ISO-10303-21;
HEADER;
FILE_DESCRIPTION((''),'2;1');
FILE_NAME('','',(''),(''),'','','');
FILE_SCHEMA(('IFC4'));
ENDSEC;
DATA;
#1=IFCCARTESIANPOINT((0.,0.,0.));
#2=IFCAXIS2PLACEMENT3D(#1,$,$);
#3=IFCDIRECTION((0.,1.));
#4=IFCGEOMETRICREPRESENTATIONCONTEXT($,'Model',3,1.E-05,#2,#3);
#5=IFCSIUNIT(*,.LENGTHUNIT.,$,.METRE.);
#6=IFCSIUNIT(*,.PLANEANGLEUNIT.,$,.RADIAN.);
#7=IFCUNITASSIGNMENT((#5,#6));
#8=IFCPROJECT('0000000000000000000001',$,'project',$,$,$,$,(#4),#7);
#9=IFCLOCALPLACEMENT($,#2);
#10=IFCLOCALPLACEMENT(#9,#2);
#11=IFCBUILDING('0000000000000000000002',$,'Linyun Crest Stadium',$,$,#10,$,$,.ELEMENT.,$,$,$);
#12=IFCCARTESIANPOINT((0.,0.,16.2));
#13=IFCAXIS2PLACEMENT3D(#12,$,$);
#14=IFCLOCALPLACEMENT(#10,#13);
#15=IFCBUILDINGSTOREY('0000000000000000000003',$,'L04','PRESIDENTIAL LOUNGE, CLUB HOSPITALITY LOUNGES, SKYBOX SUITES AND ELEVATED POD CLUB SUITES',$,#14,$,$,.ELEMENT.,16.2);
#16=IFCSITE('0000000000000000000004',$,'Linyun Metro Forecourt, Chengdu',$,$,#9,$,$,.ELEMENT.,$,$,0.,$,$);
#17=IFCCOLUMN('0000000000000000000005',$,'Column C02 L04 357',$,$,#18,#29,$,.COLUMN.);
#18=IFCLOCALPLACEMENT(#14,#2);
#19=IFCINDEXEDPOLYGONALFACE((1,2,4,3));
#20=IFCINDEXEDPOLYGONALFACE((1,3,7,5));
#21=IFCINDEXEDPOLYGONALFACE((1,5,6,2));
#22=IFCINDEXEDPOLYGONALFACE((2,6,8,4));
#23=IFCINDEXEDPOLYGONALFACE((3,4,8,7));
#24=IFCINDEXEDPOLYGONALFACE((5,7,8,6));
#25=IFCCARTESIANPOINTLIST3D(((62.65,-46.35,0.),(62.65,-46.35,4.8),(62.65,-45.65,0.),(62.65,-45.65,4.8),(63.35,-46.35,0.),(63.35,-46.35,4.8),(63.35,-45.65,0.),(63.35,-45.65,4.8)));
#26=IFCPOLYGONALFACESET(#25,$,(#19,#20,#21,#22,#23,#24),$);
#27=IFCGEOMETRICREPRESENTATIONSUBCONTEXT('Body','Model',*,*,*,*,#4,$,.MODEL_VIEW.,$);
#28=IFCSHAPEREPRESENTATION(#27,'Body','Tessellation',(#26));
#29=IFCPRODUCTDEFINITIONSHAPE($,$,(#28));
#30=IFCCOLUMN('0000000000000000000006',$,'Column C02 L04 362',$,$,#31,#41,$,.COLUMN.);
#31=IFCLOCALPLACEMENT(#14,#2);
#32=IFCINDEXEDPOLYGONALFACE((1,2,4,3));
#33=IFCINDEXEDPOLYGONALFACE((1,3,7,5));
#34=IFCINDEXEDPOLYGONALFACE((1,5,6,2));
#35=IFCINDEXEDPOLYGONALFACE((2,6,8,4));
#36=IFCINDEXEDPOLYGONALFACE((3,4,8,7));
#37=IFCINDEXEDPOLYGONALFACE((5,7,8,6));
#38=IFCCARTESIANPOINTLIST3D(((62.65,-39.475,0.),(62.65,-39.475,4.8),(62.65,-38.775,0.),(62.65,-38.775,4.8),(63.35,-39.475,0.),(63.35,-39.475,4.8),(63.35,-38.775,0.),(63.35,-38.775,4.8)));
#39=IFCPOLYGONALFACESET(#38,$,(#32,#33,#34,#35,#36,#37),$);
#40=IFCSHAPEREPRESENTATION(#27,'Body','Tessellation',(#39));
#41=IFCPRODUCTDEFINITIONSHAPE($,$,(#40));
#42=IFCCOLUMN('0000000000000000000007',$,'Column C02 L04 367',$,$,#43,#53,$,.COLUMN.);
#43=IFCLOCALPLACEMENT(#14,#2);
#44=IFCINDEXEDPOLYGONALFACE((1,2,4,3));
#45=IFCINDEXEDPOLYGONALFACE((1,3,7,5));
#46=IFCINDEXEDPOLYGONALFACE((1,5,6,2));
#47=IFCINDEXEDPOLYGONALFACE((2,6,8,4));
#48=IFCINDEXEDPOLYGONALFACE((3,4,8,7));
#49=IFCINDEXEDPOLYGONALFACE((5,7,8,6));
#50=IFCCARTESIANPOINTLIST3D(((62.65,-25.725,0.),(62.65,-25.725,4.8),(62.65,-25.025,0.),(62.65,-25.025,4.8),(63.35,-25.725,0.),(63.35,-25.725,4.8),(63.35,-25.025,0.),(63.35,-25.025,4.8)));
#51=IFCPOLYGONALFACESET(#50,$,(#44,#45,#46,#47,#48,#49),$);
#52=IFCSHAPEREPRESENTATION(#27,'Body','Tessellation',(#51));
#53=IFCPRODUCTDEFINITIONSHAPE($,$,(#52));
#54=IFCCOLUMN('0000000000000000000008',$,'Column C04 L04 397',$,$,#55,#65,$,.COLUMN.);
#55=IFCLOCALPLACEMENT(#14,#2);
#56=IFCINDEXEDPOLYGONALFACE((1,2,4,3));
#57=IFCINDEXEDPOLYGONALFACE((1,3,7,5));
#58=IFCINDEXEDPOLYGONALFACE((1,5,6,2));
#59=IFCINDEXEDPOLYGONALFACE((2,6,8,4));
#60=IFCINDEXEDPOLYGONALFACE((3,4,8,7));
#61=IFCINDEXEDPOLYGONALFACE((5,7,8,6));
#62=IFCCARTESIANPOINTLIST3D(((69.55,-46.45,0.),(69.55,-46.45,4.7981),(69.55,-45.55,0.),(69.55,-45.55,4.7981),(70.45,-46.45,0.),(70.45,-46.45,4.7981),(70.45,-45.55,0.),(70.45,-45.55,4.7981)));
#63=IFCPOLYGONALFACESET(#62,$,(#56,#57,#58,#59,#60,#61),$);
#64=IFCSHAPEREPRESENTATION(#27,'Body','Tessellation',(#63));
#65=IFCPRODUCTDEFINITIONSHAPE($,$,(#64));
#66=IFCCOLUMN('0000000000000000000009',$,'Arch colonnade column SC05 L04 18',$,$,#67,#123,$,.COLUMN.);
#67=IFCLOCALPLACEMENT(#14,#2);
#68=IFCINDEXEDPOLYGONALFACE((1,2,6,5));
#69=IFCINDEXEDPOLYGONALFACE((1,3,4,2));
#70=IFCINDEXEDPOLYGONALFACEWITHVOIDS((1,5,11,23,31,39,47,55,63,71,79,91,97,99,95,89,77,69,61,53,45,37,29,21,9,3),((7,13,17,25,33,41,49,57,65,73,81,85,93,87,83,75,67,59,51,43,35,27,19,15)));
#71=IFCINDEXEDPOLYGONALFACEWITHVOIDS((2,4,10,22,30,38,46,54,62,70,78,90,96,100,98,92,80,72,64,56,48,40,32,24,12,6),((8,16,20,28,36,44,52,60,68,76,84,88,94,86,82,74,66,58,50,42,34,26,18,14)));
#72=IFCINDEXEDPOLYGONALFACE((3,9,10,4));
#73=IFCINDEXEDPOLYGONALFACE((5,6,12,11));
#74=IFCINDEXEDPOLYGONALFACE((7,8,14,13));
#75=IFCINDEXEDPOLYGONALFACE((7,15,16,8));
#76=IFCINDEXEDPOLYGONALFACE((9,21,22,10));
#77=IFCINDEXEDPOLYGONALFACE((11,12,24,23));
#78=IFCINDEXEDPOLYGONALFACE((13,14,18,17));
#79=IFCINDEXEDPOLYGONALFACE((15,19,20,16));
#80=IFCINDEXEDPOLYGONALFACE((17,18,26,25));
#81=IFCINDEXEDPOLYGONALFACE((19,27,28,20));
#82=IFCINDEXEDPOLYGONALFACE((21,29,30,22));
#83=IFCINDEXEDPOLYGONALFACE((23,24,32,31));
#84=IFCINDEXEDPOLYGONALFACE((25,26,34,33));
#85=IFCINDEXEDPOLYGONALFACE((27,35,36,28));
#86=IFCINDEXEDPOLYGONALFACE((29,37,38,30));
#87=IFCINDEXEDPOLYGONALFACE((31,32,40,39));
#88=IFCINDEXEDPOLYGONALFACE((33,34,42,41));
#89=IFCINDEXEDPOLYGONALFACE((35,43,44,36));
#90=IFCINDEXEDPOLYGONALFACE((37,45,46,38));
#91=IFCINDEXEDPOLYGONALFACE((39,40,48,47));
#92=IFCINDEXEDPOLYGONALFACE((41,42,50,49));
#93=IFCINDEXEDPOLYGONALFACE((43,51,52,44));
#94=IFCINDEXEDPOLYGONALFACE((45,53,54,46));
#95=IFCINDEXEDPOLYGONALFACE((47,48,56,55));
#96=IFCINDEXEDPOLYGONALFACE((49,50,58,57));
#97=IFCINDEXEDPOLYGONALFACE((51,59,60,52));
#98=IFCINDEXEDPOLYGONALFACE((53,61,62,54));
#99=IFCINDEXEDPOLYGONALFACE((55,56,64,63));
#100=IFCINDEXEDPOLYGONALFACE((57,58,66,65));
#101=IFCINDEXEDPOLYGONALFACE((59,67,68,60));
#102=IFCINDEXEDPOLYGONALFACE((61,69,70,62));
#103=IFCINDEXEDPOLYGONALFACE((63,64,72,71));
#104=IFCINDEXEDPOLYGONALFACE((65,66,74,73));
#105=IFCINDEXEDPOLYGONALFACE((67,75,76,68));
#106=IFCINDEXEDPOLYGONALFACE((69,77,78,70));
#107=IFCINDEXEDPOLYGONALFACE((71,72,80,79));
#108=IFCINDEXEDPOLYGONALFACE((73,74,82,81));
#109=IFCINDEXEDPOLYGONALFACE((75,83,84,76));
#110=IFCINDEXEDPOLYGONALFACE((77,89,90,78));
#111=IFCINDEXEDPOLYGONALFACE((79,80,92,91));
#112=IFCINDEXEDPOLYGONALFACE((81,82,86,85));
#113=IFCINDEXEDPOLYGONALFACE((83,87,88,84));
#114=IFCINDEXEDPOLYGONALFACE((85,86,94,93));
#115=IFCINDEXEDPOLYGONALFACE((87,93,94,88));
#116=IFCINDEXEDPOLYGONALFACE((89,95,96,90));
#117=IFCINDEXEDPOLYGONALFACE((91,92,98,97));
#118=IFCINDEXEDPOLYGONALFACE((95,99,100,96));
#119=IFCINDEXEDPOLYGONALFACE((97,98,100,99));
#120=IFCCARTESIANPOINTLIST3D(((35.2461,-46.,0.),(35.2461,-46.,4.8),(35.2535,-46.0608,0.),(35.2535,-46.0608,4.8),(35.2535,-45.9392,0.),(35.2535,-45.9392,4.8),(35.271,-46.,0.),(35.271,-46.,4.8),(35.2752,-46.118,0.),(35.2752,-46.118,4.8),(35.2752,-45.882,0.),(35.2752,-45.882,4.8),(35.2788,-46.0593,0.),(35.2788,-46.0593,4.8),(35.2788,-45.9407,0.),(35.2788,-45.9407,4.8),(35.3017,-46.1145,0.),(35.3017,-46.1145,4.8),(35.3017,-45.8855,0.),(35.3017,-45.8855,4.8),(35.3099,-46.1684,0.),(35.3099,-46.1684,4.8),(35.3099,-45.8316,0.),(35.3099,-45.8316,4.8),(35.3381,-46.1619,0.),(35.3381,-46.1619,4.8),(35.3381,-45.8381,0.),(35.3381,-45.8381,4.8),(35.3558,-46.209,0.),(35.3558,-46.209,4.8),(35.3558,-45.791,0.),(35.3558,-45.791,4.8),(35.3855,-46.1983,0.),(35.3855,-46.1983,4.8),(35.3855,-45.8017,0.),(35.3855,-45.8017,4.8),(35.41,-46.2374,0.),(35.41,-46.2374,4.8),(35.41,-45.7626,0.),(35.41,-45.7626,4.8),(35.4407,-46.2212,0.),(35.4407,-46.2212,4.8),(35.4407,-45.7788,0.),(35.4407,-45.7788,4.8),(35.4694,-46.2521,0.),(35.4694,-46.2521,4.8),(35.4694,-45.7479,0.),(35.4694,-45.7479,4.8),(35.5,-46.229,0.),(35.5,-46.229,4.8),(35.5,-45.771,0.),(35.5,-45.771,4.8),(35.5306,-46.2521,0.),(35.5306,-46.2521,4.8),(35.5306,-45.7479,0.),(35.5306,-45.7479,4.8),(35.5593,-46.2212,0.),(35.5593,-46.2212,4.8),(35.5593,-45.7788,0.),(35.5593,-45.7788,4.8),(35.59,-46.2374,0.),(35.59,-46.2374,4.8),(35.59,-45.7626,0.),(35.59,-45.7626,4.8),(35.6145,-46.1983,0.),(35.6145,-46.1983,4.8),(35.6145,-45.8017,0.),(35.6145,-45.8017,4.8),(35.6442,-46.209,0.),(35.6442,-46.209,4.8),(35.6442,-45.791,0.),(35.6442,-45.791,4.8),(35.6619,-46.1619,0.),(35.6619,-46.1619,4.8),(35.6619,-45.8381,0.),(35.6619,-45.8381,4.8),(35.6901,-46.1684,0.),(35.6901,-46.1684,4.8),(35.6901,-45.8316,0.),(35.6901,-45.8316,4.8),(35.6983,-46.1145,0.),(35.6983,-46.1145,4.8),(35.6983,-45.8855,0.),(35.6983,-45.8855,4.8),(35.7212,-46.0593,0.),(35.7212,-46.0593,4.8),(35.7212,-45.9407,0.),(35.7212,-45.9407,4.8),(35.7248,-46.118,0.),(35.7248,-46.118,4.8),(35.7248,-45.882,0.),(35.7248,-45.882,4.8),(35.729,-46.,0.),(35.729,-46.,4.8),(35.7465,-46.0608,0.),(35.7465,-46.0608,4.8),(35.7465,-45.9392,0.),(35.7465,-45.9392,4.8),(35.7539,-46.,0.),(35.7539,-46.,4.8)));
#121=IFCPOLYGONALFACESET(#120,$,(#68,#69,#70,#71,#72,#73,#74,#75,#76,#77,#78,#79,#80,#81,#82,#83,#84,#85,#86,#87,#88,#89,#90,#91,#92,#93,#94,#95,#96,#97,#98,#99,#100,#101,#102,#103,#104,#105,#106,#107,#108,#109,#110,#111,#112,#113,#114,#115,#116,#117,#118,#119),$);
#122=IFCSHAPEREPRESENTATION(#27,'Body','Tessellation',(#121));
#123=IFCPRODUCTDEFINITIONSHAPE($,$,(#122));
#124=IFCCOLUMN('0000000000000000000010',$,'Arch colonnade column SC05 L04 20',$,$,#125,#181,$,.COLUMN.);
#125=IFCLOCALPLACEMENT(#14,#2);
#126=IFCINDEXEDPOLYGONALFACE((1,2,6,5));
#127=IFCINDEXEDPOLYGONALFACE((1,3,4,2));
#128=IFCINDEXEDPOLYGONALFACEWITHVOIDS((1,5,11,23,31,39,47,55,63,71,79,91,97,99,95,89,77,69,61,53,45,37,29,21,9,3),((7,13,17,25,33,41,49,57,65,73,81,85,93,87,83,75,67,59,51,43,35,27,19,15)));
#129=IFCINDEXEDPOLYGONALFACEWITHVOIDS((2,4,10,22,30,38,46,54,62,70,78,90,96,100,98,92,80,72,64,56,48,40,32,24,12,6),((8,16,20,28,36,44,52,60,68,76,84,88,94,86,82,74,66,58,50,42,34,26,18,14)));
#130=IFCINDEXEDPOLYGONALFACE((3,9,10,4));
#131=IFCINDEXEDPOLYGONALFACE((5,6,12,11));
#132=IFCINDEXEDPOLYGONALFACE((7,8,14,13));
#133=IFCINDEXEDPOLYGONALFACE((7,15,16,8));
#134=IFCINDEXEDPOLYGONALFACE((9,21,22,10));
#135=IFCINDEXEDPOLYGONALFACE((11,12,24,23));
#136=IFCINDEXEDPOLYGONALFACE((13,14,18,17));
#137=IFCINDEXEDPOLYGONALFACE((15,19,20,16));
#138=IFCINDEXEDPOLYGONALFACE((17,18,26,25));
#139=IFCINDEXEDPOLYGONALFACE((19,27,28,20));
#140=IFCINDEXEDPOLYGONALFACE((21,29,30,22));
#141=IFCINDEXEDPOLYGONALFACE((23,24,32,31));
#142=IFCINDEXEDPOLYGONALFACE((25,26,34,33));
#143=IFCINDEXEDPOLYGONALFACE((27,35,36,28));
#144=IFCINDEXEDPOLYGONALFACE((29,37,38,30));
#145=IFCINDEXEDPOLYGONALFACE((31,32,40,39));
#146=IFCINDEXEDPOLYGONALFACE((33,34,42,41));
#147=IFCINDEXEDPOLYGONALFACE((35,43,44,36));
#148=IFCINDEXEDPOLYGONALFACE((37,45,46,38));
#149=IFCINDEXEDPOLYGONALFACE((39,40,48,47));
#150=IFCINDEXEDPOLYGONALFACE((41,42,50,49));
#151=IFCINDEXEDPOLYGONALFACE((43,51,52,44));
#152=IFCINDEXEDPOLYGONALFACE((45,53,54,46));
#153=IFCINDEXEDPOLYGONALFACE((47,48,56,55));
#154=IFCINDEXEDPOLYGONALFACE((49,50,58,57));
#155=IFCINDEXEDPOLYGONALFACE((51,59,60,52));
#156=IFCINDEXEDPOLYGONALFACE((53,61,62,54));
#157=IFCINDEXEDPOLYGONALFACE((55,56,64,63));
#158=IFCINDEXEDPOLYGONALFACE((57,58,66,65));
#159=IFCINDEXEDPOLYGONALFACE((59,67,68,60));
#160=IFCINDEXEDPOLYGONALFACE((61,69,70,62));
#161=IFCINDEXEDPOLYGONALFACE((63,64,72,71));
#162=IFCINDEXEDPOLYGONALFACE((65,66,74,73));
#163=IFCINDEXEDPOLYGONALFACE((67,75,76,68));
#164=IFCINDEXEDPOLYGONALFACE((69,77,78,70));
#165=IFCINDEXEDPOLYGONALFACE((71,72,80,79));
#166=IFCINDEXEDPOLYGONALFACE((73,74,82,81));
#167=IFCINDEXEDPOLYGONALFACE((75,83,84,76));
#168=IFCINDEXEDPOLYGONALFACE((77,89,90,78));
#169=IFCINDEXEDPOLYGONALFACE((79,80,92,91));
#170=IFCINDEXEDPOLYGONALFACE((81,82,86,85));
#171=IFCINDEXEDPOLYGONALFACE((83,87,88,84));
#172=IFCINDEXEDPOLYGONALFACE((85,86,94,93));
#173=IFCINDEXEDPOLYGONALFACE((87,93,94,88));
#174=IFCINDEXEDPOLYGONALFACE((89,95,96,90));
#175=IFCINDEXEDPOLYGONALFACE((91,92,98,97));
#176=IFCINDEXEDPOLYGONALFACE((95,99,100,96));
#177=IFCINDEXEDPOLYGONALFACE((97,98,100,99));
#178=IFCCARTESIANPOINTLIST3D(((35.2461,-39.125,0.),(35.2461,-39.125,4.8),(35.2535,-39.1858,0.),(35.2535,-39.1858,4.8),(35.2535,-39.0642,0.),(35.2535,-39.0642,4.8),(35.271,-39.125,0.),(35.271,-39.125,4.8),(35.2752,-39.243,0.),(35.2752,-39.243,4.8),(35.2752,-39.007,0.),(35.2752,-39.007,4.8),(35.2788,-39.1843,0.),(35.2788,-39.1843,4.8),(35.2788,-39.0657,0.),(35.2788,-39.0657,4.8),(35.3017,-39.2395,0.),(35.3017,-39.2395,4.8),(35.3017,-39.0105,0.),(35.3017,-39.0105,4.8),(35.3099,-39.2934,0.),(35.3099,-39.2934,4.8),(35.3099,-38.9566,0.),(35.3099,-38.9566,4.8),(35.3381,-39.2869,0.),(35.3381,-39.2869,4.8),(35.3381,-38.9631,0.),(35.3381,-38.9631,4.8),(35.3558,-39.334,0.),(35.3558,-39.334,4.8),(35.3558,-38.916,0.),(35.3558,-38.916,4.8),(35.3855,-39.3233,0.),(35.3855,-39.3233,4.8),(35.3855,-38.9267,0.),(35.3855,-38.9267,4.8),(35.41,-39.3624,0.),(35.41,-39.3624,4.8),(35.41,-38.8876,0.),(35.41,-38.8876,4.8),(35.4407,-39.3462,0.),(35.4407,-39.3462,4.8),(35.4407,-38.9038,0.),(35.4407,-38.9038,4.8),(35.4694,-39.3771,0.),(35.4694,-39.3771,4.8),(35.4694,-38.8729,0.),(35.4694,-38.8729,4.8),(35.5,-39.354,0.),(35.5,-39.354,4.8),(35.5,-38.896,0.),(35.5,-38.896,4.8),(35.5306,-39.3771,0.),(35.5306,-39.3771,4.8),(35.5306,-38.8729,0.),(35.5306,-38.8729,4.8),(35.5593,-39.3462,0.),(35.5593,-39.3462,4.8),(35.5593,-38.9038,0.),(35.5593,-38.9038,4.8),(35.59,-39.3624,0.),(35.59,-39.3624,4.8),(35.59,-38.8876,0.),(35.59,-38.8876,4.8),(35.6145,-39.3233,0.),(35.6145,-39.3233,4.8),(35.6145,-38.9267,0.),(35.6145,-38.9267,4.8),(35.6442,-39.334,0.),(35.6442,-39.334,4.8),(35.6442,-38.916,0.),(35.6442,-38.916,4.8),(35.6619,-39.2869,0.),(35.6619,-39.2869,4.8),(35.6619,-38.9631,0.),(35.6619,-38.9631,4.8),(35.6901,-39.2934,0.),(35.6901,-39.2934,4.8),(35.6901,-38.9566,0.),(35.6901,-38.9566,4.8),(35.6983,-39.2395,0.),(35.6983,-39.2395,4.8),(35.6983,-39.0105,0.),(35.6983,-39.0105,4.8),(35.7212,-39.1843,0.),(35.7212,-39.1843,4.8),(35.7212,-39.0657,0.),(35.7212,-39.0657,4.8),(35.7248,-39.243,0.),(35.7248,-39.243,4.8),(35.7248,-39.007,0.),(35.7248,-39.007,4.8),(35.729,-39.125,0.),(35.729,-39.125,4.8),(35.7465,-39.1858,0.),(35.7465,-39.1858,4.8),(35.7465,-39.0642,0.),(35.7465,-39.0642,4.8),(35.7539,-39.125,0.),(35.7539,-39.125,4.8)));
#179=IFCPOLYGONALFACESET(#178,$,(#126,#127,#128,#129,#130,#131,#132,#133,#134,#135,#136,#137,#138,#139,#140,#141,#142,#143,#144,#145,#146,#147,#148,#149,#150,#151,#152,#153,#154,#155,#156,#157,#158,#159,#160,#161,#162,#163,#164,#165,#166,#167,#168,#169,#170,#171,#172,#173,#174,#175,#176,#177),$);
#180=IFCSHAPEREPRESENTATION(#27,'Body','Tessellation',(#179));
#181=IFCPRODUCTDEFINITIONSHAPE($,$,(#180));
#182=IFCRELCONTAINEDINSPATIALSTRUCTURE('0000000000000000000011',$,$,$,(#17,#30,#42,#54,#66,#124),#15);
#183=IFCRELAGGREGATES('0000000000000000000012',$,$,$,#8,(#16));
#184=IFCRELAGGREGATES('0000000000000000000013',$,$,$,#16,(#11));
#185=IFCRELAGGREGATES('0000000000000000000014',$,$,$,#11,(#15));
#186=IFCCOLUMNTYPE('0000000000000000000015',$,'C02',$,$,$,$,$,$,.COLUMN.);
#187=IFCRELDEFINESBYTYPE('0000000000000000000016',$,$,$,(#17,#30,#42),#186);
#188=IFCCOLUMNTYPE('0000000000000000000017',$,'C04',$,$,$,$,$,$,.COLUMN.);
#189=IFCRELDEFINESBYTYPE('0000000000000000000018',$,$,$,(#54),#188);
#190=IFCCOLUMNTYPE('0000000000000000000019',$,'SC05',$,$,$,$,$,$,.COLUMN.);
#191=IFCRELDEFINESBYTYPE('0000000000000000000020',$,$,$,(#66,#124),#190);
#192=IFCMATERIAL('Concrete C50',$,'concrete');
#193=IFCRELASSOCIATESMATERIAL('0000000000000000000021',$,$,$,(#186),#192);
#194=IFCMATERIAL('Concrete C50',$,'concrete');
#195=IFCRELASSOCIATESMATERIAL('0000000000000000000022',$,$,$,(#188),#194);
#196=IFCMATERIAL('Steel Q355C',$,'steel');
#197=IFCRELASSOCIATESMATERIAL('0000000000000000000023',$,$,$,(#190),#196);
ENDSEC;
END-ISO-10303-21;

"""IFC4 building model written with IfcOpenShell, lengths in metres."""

from ifc_helpers import new_model, si_unit, direction, frame, origin, origin_2d, place, context, subcontext, project, spatial, rectangle, hollow_circle, extrude, material, material_profile, profile_set, type_object, element, save


model = new_model("IFC4")

# Units and contexts
model_context = context("Model", 3, precision=1e-05, world=origin(), true_north=direction((0.0, 1.0)))
body_context = subcontext(model_context, "Body", "Model", "MODEL_VIEW")
ifc_project = project(units=[si_unit("LENGTHUNIT", "METRE"), si_unit("PLANEANGLEUNIT", "RADIAN")], contexts=[model_context])

# Site, building, storey
site_placement = place(None, origin())
site = spatial("IfcSite", under=ifc_project, at=site_placement, Name="Linyun Metro Forecourt, Chengdu", CompositionType="ELEMENT", RefElevation=0.0)
building_placement = place(site_placement, origin())
building = spatial("IfcBuilding", under=site, at=building_placement, Name="Linyun Crest Stadium", CompositionType="ELEMENT")
storey_placement = place(building_placement, frame((0.0, 0.0, 16.2)))
storey = spatial("IfcBuildingStorey", under=building, at=storey_placement, Name="L04", Description="PRESIDENTIAL LOUNGE, CLUB HOSPITALITY LOUNGES, SKYBOX SUITES AND ELEVATED POD CLUB SUITES", CompositionType="ELEMENT", Elevation=16.2)

# Columns
ifc_material_1 = material(Name="Concrete C50", Category="concrete")
ifc_material_profile_1 = material_profile(ifc_material_1, rectangle(XDim=0.7, YDim=0.7, at=origin_2d()), Name="RC 700x700")
ifc_profile_set_1 = profile_set([ifc_material_profile_1], Name="Concrete C50")
column_type_1 = type_object("IfcColumnType", Name="C02", PredefinedType="COLUMN", material=ifc_profile_set_1)
for number, where, z_axis, x_axis, name in (
    (1, (63.0, -46.0, 0.0), (0.0, 0.0, 1.0), (1.0, 0.0, 0.0), "Column C02 L04 357"),
    (2, (63.0, -39.125, 0.0), (0.0, 0.0, 1.0), (1.0, 0.0, 0.0), "Column C02 L04 362"),
    (3, (63.0, -25.375, 0.0), (0.0, 0.0, 1.0), (1.0, 0.0, 0.0), "Column C02 L04 367"),
):
    element("IfcColumn", number, at=place(storey_placement, frame(where, z_axis=z_axis, x_axis=x_axis)), inside=storey, type_object=column_type_1, Name=name, PredefinedType="COLUMN", context=body_context, shape_type="SweptSolid", body=[
        extrude(rectangle(XDim=0.7, YDim=0.7, at=origin_2d()), origin(), (0.0, 0.0, 1.0), 4.8),
    ])
ifc_material_2 = material(Name="Concrete C50", Category="concrete")
ifc_material_profile_2 = material_profile(ifc_material_2, rectangle(XDim=0.8999, YDim=0.8999, at=origin_2d()), Name="RC 900x900")
ifc_profile_set_2 = profile_set([ifc_material_profile_2], Name="Concrete C50")
column_type_2 = type_object("IfcColumnType", Name="C04", PredefinedType="COLUMN", material=ifc_profile_set_2)
column_placement = place(storey_placement, frame((70.0, -46.0, 0.0), z_axis=(0.0, 0.0, 1.0), x_axis=(1.0, 0.0, 0.0)))
element("IfcColumn", 4, at=column_placement, inside=storey, type_object=column_type_2, Name="Column C04 L04 397", PredefinedType="COLUMN", context=body_context, shape_type="SweptSolid", body=[
    extrude(rectangle(XDim=0.8999, YDim=0.8999, at=origin_2d()), origin(), (0.0, 0.0, 1.0), 4.7981),
])
ifc_material_3 = material(Name="Steel Q355C", Category="steel")
ifc_material_profile_3 = material_profile(ifc_material_3, hollow_circle(Radius=0.2539, WallThickness=0.0249, at=origin_2d()), Name="CHS 508x25")
ifc_profile_set_3 = profile_set([ifc_material_profile_3], Name="Steel Q355C")
column_type_3 = type_object("IfcColumnType", Name="SC05", PredefinedType="COLUMN", material=ifc_profile_set_3)
for number, where, z_axis, x_axis, name in (
    (5, (35.5, -46.0, 0.0), (0.0, 0.0, 1.0), (1.0, 0.0, 0.0), "Arch colonnade column SC05 L04 18"),
    (6, (35.5, -39.125, 0.0), (0.0, 0.0, 1.0), (1.0, 0.0, 0.0), "Arch colonnade column SC05 L04 20"),
):
    element("IfcColumn", number, at=place(storey_placement, frame(where, z_axis=z_axis, x_axis=x_axis)), inside=storey, type_object=column_type_3, Name=name, PredefinedType="COLUMN", context=body_context, shape_type="SweptSolid", body=[
        extrude(hollow_circle(Radius=0.2539, WallThickness=0.0249, at=origin_2d()), origin(), (0.0, 0.0, 1.0), 4.8),
    ])

save(model, "model.ifc")
